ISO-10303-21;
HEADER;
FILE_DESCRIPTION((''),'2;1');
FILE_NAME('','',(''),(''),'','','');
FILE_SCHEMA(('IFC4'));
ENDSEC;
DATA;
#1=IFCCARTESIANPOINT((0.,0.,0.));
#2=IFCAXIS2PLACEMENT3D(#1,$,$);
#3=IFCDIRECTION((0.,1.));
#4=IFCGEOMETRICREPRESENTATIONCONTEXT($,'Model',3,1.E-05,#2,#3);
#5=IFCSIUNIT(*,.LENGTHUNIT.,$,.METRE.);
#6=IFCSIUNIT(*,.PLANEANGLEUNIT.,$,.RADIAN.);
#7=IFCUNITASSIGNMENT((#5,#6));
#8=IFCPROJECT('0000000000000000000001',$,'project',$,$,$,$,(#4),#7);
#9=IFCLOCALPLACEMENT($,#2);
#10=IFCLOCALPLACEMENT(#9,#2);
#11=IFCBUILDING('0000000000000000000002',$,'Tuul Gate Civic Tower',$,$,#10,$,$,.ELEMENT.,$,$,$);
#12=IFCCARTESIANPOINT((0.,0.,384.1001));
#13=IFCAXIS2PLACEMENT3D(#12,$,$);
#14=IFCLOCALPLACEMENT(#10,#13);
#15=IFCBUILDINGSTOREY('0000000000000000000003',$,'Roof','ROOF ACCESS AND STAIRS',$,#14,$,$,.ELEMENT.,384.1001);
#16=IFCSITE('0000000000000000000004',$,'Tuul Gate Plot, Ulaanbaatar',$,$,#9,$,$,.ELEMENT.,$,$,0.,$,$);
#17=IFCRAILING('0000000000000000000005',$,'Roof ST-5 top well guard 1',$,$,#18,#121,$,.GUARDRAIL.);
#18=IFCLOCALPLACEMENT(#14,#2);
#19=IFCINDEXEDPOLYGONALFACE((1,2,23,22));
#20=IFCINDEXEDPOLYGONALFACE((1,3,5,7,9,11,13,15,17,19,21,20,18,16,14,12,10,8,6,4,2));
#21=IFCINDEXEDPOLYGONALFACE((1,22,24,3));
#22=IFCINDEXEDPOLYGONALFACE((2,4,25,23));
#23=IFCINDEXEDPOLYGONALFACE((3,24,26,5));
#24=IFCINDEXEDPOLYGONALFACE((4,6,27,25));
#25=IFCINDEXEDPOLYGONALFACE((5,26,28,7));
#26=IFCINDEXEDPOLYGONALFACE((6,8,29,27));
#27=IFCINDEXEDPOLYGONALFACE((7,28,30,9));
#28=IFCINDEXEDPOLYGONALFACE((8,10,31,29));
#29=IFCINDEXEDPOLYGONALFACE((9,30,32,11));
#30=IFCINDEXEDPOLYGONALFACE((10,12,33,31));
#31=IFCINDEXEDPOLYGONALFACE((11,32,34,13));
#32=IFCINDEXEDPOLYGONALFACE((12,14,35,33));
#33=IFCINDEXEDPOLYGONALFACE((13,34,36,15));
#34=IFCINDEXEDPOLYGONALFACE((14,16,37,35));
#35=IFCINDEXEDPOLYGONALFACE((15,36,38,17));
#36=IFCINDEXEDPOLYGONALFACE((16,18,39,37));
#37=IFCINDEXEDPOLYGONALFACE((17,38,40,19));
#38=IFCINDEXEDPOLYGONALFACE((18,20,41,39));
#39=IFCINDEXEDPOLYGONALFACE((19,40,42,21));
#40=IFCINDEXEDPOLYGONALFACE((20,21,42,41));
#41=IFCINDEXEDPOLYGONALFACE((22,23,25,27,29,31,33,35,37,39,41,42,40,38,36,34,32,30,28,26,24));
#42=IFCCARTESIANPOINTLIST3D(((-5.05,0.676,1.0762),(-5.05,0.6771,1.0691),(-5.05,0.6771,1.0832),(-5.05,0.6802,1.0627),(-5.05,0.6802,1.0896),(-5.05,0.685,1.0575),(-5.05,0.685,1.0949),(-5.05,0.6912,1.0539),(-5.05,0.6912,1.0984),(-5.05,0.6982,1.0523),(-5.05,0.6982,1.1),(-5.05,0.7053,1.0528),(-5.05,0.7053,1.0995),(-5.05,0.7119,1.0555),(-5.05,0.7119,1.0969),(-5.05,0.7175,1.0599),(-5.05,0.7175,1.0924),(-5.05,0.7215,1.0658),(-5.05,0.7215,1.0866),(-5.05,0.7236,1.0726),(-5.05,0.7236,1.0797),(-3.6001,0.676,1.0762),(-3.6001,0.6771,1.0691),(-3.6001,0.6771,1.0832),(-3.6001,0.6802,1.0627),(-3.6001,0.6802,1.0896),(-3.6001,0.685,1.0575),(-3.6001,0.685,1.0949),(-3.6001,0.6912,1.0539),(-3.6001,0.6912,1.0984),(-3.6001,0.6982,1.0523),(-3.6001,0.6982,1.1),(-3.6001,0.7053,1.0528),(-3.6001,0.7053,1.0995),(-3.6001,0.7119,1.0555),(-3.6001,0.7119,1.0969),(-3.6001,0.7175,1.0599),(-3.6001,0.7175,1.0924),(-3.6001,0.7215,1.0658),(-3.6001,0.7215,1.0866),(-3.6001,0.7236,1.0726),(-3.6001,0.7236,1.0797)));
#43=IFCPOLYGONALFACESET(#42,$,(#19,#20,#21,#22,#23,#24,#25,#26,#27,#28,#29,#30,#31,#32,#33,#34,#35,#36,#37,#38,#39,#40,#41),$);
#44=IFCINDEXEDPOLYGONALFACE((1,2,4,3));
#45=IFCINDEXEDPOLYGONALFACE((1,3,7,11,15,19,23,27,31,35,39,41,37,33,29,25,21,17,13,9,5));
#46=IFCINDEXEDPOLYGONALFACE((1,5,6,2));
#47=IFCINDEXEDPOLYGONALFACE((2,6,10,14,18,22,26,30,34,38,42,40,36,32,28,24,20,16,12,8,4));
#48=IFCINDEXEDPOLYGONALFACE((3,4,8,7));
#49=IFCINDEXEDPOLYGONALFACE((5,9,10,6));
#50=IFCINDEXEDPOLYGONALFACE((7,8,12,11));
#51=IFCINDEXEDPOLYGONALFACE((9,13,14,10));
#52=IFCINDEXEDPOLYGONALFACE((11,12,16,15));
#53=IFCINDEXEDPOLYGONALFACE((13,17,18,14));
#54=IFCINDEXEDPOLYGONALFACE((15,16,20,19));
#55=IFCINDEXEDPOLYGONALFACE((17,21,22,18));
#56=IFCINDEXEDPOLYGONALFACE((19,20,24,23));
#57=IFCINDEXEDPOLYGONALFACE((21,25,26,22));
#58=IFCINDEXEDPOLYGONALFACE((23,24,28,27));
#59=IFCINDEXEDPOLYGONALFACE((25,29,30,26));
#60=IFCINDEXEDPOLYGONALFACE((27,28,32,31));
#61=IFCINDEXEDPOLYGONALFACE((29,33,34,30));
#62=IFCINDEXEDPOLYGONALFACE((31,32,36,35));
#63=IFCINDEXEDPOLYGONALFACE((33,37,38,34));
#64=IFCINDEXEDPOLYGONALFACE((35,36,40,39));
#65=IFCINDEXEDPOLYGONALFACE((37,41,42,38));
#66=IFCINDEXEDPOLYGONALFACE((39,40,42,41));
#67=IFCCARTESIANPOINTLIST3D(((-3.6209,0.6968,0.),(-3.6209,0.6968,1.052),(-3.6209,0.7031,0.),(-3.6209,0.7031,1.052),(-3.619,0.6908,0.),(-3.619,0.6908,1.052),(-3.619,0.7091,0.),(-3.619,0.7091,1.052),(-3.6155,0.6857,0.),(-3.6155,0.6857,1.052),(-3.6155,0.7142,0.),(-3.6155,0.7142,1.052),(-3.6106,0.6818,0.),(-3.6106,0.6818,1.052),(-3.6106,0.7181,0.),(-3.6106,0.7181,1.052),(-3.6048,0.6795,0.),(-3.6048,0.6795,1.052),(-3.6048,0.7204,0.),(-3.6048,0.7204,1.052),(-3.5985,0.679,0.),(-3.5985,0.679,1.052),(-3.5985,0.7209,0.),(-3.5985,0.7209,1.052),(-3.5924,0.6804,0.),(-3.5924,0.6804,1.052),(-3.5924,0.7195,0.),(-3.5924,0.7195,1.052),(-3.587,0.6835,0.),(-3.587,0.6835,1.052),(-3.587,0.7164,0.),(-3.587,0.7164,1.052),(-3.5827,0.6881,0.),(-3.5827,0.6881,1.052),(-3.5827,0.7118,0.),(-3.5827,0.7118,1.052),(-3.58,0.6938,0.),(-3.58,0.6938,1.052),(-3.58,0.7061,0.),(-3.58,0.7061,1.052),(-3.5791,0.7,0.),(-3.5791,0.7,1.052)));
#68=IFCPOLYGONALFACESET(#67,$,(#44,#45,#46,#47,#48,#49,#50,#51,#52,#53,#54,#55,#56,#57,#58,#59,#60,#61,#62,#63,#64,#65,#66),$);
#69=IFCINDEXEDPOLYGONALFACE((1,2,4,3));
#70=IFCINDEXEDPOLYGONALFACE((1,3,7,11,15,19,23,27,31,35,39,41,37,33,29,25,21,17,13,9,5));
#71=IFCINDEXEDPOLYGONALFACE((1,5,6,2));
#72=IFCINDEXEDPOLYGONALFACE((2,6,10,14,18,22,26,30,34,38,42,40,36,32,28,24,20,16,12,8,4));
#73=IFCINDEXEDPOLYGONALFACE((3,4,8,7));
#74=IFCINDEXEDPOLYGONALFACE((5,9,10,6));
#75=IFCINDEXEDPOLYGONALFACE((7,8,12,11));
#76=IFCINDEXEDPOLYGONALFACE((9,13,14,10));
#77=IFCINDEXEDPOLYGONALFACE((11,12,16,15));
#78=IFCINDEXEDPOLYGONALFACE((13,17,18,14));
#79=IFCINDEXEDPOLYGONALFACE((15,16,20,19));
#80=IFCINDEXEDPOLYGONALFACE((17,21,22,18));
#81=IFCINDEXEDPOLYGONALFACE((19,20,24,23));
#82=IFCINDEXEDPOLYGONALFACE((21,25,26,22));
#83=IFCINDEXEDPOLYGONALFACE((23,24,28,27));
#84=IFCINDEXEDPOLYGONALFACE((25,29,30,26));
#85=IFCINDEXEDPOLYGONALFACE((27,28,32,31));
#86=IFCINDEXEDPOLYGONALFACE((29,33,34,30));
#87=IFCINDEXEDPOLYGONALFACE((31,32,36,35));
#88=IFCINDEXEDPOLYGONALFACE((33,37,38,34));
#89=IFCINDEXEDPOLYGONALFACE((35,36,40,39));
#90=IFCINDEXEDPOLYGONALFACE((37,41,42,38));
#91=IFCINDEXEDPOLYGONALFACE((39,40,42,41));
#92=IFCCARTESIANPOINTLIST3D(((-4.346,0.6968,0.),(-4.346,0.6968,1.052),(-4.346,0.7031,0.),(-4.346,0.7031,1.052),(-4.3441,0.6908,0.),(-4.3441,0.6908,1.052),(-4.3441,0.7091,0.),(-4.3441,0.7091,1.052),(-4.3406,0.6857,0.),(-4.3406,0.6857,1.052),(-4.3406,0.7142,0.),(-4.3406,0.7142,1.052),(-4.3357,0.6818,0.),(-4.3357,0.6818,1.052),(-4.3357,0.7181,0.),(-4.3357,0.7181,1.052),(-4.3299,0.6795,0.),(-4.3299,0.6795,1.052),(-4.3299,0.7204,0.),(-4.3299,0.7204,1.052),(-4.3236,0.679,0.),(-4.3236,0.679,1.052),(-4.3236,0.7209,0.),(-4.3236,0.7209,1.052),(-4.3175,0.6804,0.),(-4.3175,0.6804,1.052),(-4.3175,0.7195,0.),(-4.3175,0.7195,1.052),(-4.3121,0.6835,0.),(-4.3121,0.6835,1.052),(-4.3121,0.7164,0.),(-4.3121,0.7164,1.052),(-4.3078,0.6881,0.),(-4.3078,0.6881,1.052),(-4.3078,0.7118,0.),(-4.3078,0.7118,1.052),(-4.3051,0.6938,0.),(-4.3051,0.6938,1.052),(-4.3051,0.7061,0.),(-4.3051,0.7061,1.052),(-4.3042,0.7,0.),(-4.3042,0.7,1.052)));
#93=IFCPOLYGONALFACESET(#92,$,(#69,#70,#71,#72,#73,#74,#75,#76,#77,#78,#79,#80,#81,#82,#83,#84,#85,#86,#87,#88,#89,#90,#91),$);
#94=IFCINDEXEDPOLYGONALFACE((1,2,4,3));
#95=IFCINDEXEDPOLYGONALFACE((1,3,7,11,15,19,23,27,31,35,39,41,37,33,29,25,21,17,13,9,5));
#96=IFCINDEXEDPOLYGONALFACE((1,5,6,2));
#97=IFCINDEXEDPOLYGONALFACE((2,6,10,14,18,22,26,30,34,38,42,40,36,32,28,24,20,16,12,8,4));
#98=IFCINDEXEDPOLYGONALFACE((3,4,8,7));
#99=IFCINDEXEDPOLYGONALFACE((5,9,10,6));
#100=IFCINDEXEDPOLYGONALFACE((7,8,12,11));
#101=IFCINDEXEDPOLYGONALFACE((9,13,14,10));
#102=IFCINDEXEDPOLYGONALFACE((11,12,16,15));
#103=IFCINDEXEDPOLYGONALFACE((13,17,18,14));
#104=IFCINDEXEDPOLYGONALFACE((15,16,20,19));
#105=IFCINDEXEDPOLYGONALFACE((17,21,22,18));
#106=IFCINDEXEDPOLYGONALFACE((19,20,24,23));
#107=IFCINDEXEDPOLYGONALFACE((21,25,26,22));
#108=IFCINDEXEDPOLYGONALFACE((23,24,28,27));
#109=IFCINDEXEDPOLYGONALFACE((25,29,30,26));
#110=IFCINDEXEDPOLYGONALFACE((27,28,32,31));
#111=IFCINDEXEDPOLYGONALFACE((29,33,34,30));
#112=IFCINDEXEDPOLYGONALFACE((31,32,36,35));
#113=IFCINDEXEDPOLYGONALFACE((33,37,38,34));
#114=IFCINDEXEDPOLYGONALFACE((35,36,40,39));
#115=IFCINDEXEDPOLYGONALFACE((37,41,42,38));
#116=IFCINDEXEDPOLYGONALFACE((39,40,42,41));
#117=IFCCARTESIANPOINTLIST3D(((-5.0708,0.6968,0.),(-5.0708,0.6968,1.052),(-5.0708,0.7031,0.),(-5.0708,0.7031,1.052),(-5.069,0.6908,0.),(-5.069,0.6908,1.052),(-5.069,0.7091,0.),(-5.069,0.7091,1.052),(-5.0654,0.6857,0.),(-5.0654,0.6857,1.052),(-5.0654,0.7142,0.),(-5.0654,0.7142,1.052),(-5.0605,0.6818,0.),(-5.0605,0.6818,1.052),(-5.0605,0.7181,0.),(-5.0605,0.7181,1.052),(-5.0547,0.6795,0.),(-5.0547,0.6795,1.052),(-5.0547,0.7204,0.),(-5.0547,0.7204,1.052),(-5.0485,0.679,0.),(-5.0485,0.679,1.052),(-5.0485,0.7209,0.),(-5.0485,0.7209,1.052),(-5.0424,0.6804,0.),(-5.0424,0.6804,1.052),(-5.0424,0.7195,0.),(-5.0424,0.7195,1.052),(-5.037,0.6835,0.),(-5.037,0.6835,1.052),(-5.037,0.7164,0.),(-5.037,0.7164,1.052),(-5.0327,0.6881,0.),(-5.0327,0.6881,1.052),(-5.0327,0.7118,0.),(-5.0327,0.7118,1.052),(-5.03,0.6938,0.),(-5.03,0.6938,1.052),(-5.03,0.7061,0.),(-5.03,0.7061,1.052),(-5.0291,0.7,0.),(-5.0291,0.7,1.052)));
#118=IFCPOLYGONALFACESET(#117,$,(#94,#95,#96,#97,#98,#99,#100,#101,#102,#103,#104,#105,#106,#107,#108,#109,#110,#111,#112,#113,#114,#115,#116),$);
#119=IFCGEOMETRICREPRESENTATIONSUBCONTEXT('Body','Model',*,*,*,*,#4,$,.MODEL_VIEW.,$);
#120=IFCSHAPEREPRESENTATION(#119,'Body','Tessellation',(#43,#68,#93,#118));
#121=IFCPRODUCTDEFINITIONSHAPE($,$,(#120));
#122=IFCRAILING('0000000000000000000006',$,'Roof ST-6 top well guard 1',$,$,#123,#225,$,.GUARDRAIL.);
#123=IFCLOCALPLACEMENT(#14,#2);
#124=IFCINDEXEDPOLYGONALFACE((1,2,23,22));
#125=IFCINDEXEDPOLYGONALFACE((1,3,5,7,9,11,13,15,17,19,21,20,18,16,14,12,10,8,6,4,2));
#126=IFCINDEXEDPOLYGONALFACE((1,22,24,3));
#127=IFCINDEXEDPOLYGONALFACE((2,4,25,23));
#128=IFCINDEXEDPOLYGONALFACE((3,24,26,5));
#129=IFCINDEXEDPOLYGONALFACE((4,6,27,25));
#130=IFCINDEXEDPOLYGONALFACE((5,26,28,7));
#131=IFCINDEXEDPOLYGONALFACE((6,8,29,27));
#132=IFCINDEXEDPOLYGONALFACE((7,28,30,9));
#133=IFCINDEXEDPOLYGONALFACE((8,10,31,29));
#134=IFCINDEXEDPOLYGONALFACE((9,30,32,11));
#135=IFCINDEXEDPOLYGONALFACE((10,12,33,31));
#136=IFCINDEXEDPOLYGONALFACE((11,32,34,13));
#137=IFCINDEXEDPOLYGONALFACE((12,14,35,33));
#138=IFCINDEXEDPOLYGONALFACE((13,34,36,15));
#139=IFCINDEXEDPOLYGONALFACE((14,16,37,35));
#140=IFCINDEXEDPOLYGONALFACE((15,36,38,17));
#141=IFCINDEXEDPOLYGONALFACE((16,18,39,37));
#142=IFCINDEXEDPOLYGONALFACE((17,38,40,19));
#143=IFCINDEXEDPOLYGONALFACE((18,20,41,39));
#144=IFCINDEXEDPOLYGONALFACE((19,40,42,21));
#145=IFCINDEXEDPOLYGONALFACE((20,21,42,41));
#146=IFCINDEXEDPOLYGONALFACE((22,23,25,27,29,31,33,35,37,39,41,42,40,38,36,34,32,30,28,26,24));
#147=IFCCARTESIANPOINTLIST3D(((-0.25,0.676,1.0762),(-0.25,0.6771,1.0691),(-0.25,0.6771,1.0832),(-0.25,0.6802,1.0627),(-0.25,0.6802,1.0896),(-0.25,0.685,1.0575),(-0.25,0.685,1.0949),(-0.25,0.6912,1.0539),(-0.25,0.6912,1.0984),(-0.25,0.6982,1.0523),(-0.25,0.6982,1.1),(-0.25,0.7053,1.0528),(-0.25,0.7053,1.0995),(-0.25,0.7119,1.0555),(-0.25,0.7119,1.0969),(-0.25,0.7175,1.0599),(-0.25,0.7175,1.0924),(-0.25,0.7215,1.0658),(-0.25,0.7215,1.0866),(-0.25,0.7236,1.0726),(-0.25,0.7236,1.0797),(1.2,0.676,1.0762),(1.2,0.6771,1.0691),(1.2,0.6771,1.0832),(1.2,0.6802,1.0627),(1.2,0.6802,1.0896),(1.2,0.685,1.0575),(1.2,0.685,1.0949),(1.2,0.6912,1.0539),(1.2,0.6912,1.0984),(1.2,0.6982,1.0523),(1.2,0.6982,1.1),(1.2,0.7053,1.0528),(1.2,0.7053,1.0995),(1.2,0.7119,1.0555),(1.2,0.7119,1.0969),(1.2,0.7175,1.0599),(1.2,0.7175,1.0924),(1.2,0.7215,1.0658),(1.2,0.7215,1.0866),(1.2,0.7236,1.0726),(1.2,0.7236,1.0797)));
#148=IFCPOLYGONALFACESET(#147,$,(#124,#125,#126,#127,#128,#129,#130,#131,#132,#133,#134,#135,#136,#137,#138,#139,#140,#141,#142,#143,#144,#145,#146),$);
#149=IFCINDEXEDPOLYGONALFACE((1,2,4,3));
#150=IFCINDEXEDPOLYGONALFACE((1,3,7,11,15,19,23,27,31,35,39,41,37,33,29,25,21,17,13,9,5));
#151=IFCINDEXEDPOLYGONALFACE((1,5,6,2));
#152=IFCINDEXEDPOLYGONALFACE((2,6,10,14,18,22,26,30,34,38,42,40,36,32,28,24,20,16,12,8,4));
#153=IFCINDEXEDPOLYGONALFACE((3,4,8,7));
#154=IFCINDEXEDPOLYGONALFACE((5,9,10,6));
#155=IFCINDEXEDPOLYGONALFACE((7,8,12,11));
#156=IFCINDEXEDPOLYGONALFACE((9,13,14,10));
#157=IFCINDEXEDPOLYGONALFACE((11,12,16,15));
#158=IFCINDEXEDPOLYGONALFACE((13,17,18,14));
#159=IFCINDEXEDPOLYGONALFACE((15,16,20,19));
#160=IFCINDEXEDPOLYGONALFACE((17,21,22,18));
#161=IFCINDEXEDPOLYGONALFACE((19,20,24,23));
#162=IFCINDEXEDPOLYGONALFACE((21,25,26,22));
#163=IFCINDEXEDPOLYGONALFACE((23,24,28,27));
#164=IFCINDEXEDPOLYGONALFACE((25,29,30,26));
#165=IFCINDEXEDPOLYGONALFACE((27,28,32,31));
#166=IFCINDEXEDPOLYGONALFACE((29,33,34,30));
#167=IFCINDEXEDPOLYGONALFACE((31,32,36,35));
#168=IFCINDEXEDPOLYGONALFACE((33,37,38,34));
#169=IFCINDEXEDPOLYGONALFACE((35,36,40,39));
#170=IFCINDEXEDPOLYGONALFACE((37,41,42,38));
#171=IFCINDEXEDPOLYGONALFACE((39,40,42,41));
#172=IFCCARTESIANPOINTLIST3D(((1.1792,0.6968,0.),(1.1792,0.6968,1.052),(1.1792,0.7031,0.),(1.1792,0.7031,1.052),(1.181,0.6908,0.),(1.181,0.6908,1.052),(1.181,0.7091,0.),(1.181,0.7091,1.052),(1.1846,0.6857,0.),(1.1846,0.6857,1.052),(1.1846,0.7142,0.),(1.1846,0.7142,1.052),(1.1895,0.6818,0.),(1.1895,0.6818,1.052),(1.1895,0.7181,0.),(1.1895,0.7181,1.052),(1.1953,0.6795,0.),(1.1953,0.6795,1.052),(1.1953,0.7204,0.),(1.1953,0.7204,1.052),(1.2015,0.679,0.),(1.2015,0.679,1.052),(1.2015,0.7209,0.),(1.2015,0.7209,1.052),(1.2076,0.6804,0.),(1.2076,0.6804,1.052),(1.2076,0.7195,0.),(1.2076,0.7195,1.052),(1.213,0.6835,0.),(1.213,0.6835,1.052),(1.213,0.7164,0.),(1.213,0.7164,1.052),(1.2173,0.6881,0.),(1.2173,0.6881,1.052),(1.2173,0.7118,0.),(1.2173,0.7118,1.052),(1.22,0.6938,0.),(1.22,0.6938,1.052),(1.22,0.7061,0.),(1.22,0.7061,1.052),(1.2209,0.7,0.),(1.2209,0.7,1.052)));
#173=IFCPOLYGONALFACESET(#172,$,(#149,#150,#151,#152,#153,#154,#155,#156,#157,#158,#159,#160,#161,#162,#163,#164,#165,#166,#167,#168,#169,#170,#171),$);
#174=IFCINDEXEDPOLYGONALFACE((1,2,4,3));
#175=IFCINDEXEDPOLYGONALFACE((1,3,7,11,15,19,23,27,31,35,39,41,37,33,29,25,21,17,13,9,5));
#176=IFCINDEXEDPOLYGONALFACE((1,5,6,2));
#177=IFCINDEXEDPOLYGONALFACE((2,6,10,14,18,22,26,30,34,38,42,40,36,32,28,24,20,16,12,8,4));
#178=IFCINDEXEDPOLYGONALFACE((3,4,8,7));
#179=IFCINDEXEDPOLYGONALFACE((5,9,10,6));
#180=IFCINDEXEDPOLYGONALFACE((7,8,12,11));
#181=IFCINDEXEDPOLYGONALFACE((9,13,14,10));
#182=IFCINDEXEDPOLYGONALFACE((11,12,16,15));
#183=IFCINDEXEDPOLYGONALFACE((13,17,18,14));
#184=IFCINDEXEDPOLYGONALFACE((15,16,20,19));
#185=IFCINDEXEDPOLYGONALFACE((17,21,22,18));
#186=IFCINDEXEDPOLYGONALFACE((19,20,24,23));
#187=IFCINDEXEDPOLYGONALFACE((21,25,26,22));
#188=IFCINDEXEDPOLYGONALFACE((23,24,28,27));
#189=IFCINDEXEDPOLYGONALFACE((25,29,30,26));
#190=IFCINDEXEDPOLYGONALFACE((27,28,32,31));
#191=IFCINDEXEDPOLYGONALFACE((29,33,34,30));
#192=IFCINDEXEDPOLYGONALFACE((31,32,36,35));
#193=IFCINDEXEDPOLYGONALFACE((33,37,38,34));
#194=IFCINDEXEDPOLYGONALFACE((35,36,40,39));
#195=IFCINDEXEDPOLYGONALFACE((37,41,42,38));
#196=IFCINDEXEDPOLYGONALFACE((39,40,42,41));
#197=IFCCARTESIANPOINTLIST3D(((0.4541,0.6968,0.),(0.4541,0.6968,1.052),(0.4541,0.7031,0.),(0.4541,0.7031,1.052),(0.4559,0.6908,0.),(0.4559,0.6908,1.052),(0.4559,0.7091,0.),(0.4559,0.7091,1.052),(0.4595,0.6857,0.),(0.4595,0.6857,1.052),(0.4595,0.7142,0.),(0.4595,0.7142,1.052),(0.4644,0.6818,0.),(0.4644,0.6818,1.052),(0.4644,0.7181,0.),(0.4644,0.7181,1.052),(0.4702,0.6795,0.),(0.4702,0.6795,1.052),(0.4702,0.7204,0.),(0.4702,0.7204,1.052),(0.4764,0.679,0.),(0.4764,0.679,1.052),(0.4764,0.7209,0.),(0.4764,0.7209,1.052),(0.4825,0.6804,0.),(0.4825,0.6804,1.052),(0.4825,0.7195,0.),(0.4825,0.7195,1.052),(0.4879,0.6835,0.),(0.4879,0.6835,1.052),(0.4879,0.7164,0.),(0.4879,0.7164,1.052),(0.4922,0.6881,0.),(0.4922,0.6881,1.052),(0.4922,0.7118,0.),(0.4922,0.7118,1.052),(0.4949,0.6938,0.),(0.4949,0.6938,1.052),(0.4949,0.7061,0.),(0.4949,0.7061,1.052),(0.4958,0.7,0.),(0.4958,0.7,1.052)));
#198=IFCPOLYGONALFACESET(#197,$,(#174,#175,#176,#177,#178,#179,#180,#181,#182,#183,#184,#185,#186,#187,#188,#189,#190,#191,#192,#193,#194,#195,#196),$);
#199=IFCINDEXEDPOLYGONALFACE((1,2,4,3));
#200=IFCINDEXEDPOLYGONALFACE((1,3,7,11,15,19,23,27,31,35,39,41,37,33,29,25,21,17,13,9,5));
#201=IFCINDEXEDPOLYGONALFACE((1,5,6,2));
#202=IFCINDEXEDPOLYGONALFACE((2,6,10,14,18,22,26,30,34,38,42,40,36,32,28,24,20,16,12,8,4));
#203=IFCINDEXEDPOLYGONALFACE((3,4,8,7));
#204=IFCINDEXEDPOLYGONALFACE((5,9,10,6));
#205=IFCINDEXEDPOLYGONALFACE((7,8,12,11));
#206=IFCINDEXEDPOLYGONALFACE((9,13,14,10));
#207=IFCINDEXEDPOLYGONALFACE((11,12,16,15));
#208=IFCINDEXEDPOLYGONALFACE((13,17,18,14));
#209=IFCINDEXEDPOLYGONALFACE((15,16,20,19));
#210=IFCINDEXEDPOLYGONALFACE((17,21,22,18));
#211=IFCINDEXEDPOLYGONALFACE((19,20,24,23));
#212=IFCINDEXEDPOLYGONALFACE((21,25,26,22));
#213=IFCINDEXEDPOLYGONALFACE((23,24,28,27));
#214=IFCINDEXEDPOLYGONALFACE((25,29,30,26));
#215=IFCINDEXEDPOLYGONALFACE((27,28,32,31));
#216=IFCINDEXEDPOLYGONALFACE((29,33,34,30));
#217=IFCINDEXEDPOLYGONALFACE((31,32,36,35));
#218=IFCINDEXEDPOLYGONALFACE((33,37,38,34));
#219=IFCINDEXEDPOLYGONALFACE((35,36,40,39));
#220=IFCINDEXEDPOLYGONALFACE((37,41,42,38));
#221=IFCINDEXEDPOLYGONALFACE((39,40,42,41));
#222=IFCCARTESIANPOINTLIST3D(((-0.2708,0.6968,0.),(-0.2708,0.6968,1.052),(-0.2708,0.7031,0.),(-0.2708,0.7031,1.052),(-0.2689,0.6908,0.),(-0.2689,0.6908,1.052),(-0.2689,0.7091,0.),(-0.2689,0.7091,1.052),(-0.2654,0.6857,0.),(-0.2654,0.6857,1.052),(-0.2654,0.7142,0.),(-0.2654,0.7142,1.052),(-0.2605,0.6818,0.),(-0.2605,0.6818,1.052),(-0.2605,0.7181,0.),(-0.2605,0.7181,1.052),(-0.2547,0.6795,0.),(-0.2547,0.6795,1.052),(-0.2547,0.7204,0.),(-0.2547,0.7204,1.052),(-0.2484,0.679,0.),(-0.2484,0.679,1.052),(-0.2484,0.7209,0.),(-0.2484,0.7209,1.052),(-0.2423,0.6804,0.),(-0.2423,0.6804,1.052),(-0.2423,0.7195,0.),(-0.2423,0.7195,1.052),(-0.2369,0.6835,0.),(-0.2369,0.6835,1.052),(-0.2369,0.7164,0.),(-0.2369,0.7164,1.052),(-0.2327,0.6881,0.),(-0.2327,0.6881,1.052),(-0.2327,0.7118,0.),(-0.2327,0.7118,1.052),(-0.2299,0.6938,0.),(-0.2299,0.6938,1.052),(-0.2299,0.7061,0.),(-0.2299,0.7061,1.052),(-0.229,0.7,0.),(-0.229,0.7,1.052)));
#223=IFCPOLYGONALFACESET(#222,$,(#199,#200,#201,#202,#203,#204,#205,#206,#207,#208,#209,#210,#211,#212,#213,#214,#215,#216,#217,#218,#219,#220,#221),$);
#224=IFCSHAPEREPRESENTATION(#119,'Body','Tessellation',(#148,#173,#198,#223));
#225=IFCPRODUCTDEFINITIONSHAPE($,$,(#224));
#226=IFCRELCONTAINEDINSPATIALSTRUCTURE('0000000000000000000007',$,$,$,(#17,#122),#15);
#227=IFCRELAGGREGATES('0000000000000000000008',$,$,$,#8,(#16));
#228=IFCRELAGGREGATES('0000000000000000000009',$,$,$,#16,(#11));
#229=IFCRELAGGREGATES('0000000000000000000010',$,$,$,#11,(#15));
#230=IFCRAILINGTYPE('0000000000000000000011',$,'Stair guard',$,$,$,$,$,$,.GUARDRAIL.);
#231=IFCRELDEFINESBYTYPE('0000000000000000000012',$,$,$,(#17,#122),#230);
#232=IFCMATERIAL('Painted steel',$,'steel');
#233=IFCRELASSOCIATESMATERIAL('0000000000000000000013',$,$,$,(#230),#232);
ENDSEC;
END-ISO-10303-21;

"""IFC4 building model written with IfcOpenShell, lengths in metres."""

from ifc_helpers import new_model, si_unit, direction, frame, origin, origin_2d, place, context, subcontext, project, spatial, circle, extrude, material, type_object, element, save


model = new_model("IFC4")

# Units and contexts
model_context = context("Model", 3, precision=1e-05, world=origin(), true_north=direction((0.0, 1.0)))
body_context = subcontext(model_context, "Body", "Model", "MODEL_VIEW")
ifc_project = project(units=[si_unit("LENGTHUNIT", "METRE"), si_unit("PLANEANGLEUNIT", "RADIAN")], contexts=[model_context])

# Site, building, storey
site_placement = place(None, origin())
site = spatial("IfcSite", under=ifc_project, at=site_placement, Name="Tuul Gate Plot, Ulaanbaatar", CompositionType="ELEMENT", RefElevation=0.0)
building_placement = place(site_placement, origin())
building = spatial("IfcBuilding", under=site, at=building_placement, Name="Tuul Gate Civic Tower", CompositionType="ELEMENT")
storey_placement = place(building_placement, frame((0.0, 0.0, 384.1001)))
storey = spatial("IfcBuildingStorey", under=building, at=storey_placement, Name="Roof", Description="ROOF ACCESS AND STAIRS", CompositionType="ELEMENT", Elevation=384.1001)

# Railings
ifc_material_1 = material(Name="Painted steel", Category="steel")
railing_type = type_object("IfcRailingType", Name="Stair guard", PredefinedType="GUARDRAIL", material=ifc_material_1)
for number, where, name in (
    (1, (-3.6001, 0.7, 0.0), "Roof ST-5 top well guard 1"),
    (2, (1.2, 0.7, 0.0), "Roof ST-6 top well guard 1"),
):
    element("IfcRailing", number, at=place(storey_placement, frame(where)), inside=storey, type_object=railing_type, Name=name, PredefinedType="GUARDRAIL", context=body_context, shape_type="SweptSolid", body=[
        extrude(circle(Radius=0.0239, at=origin_2d()), frame((0.0, 0.0, 1.0762), z_axis=(-1.0, 0.0, 0.0), x_axis=(0.0, -1.0, 0.0)), (0.0, 0.0, 1.0), 1.45),
        extrude(circle(Radius=0.021, at=origin_2d()), origin(), (0.0, 0.0, 1.0), 1.052),
        extrude(circle(Radius=0.021, at=origin_2d()), frame((-0.7251, 0.0, 0.0)), (0.0, 0.0, 1.0), 1.052),
        extrude(circle(Radius=0.021, at=origin_2d()), frame((-1.45, 0.0, 0.0)), (0.0, 0.0, 1.0), 1.052),
    ])

save(model, "model.ifc")
